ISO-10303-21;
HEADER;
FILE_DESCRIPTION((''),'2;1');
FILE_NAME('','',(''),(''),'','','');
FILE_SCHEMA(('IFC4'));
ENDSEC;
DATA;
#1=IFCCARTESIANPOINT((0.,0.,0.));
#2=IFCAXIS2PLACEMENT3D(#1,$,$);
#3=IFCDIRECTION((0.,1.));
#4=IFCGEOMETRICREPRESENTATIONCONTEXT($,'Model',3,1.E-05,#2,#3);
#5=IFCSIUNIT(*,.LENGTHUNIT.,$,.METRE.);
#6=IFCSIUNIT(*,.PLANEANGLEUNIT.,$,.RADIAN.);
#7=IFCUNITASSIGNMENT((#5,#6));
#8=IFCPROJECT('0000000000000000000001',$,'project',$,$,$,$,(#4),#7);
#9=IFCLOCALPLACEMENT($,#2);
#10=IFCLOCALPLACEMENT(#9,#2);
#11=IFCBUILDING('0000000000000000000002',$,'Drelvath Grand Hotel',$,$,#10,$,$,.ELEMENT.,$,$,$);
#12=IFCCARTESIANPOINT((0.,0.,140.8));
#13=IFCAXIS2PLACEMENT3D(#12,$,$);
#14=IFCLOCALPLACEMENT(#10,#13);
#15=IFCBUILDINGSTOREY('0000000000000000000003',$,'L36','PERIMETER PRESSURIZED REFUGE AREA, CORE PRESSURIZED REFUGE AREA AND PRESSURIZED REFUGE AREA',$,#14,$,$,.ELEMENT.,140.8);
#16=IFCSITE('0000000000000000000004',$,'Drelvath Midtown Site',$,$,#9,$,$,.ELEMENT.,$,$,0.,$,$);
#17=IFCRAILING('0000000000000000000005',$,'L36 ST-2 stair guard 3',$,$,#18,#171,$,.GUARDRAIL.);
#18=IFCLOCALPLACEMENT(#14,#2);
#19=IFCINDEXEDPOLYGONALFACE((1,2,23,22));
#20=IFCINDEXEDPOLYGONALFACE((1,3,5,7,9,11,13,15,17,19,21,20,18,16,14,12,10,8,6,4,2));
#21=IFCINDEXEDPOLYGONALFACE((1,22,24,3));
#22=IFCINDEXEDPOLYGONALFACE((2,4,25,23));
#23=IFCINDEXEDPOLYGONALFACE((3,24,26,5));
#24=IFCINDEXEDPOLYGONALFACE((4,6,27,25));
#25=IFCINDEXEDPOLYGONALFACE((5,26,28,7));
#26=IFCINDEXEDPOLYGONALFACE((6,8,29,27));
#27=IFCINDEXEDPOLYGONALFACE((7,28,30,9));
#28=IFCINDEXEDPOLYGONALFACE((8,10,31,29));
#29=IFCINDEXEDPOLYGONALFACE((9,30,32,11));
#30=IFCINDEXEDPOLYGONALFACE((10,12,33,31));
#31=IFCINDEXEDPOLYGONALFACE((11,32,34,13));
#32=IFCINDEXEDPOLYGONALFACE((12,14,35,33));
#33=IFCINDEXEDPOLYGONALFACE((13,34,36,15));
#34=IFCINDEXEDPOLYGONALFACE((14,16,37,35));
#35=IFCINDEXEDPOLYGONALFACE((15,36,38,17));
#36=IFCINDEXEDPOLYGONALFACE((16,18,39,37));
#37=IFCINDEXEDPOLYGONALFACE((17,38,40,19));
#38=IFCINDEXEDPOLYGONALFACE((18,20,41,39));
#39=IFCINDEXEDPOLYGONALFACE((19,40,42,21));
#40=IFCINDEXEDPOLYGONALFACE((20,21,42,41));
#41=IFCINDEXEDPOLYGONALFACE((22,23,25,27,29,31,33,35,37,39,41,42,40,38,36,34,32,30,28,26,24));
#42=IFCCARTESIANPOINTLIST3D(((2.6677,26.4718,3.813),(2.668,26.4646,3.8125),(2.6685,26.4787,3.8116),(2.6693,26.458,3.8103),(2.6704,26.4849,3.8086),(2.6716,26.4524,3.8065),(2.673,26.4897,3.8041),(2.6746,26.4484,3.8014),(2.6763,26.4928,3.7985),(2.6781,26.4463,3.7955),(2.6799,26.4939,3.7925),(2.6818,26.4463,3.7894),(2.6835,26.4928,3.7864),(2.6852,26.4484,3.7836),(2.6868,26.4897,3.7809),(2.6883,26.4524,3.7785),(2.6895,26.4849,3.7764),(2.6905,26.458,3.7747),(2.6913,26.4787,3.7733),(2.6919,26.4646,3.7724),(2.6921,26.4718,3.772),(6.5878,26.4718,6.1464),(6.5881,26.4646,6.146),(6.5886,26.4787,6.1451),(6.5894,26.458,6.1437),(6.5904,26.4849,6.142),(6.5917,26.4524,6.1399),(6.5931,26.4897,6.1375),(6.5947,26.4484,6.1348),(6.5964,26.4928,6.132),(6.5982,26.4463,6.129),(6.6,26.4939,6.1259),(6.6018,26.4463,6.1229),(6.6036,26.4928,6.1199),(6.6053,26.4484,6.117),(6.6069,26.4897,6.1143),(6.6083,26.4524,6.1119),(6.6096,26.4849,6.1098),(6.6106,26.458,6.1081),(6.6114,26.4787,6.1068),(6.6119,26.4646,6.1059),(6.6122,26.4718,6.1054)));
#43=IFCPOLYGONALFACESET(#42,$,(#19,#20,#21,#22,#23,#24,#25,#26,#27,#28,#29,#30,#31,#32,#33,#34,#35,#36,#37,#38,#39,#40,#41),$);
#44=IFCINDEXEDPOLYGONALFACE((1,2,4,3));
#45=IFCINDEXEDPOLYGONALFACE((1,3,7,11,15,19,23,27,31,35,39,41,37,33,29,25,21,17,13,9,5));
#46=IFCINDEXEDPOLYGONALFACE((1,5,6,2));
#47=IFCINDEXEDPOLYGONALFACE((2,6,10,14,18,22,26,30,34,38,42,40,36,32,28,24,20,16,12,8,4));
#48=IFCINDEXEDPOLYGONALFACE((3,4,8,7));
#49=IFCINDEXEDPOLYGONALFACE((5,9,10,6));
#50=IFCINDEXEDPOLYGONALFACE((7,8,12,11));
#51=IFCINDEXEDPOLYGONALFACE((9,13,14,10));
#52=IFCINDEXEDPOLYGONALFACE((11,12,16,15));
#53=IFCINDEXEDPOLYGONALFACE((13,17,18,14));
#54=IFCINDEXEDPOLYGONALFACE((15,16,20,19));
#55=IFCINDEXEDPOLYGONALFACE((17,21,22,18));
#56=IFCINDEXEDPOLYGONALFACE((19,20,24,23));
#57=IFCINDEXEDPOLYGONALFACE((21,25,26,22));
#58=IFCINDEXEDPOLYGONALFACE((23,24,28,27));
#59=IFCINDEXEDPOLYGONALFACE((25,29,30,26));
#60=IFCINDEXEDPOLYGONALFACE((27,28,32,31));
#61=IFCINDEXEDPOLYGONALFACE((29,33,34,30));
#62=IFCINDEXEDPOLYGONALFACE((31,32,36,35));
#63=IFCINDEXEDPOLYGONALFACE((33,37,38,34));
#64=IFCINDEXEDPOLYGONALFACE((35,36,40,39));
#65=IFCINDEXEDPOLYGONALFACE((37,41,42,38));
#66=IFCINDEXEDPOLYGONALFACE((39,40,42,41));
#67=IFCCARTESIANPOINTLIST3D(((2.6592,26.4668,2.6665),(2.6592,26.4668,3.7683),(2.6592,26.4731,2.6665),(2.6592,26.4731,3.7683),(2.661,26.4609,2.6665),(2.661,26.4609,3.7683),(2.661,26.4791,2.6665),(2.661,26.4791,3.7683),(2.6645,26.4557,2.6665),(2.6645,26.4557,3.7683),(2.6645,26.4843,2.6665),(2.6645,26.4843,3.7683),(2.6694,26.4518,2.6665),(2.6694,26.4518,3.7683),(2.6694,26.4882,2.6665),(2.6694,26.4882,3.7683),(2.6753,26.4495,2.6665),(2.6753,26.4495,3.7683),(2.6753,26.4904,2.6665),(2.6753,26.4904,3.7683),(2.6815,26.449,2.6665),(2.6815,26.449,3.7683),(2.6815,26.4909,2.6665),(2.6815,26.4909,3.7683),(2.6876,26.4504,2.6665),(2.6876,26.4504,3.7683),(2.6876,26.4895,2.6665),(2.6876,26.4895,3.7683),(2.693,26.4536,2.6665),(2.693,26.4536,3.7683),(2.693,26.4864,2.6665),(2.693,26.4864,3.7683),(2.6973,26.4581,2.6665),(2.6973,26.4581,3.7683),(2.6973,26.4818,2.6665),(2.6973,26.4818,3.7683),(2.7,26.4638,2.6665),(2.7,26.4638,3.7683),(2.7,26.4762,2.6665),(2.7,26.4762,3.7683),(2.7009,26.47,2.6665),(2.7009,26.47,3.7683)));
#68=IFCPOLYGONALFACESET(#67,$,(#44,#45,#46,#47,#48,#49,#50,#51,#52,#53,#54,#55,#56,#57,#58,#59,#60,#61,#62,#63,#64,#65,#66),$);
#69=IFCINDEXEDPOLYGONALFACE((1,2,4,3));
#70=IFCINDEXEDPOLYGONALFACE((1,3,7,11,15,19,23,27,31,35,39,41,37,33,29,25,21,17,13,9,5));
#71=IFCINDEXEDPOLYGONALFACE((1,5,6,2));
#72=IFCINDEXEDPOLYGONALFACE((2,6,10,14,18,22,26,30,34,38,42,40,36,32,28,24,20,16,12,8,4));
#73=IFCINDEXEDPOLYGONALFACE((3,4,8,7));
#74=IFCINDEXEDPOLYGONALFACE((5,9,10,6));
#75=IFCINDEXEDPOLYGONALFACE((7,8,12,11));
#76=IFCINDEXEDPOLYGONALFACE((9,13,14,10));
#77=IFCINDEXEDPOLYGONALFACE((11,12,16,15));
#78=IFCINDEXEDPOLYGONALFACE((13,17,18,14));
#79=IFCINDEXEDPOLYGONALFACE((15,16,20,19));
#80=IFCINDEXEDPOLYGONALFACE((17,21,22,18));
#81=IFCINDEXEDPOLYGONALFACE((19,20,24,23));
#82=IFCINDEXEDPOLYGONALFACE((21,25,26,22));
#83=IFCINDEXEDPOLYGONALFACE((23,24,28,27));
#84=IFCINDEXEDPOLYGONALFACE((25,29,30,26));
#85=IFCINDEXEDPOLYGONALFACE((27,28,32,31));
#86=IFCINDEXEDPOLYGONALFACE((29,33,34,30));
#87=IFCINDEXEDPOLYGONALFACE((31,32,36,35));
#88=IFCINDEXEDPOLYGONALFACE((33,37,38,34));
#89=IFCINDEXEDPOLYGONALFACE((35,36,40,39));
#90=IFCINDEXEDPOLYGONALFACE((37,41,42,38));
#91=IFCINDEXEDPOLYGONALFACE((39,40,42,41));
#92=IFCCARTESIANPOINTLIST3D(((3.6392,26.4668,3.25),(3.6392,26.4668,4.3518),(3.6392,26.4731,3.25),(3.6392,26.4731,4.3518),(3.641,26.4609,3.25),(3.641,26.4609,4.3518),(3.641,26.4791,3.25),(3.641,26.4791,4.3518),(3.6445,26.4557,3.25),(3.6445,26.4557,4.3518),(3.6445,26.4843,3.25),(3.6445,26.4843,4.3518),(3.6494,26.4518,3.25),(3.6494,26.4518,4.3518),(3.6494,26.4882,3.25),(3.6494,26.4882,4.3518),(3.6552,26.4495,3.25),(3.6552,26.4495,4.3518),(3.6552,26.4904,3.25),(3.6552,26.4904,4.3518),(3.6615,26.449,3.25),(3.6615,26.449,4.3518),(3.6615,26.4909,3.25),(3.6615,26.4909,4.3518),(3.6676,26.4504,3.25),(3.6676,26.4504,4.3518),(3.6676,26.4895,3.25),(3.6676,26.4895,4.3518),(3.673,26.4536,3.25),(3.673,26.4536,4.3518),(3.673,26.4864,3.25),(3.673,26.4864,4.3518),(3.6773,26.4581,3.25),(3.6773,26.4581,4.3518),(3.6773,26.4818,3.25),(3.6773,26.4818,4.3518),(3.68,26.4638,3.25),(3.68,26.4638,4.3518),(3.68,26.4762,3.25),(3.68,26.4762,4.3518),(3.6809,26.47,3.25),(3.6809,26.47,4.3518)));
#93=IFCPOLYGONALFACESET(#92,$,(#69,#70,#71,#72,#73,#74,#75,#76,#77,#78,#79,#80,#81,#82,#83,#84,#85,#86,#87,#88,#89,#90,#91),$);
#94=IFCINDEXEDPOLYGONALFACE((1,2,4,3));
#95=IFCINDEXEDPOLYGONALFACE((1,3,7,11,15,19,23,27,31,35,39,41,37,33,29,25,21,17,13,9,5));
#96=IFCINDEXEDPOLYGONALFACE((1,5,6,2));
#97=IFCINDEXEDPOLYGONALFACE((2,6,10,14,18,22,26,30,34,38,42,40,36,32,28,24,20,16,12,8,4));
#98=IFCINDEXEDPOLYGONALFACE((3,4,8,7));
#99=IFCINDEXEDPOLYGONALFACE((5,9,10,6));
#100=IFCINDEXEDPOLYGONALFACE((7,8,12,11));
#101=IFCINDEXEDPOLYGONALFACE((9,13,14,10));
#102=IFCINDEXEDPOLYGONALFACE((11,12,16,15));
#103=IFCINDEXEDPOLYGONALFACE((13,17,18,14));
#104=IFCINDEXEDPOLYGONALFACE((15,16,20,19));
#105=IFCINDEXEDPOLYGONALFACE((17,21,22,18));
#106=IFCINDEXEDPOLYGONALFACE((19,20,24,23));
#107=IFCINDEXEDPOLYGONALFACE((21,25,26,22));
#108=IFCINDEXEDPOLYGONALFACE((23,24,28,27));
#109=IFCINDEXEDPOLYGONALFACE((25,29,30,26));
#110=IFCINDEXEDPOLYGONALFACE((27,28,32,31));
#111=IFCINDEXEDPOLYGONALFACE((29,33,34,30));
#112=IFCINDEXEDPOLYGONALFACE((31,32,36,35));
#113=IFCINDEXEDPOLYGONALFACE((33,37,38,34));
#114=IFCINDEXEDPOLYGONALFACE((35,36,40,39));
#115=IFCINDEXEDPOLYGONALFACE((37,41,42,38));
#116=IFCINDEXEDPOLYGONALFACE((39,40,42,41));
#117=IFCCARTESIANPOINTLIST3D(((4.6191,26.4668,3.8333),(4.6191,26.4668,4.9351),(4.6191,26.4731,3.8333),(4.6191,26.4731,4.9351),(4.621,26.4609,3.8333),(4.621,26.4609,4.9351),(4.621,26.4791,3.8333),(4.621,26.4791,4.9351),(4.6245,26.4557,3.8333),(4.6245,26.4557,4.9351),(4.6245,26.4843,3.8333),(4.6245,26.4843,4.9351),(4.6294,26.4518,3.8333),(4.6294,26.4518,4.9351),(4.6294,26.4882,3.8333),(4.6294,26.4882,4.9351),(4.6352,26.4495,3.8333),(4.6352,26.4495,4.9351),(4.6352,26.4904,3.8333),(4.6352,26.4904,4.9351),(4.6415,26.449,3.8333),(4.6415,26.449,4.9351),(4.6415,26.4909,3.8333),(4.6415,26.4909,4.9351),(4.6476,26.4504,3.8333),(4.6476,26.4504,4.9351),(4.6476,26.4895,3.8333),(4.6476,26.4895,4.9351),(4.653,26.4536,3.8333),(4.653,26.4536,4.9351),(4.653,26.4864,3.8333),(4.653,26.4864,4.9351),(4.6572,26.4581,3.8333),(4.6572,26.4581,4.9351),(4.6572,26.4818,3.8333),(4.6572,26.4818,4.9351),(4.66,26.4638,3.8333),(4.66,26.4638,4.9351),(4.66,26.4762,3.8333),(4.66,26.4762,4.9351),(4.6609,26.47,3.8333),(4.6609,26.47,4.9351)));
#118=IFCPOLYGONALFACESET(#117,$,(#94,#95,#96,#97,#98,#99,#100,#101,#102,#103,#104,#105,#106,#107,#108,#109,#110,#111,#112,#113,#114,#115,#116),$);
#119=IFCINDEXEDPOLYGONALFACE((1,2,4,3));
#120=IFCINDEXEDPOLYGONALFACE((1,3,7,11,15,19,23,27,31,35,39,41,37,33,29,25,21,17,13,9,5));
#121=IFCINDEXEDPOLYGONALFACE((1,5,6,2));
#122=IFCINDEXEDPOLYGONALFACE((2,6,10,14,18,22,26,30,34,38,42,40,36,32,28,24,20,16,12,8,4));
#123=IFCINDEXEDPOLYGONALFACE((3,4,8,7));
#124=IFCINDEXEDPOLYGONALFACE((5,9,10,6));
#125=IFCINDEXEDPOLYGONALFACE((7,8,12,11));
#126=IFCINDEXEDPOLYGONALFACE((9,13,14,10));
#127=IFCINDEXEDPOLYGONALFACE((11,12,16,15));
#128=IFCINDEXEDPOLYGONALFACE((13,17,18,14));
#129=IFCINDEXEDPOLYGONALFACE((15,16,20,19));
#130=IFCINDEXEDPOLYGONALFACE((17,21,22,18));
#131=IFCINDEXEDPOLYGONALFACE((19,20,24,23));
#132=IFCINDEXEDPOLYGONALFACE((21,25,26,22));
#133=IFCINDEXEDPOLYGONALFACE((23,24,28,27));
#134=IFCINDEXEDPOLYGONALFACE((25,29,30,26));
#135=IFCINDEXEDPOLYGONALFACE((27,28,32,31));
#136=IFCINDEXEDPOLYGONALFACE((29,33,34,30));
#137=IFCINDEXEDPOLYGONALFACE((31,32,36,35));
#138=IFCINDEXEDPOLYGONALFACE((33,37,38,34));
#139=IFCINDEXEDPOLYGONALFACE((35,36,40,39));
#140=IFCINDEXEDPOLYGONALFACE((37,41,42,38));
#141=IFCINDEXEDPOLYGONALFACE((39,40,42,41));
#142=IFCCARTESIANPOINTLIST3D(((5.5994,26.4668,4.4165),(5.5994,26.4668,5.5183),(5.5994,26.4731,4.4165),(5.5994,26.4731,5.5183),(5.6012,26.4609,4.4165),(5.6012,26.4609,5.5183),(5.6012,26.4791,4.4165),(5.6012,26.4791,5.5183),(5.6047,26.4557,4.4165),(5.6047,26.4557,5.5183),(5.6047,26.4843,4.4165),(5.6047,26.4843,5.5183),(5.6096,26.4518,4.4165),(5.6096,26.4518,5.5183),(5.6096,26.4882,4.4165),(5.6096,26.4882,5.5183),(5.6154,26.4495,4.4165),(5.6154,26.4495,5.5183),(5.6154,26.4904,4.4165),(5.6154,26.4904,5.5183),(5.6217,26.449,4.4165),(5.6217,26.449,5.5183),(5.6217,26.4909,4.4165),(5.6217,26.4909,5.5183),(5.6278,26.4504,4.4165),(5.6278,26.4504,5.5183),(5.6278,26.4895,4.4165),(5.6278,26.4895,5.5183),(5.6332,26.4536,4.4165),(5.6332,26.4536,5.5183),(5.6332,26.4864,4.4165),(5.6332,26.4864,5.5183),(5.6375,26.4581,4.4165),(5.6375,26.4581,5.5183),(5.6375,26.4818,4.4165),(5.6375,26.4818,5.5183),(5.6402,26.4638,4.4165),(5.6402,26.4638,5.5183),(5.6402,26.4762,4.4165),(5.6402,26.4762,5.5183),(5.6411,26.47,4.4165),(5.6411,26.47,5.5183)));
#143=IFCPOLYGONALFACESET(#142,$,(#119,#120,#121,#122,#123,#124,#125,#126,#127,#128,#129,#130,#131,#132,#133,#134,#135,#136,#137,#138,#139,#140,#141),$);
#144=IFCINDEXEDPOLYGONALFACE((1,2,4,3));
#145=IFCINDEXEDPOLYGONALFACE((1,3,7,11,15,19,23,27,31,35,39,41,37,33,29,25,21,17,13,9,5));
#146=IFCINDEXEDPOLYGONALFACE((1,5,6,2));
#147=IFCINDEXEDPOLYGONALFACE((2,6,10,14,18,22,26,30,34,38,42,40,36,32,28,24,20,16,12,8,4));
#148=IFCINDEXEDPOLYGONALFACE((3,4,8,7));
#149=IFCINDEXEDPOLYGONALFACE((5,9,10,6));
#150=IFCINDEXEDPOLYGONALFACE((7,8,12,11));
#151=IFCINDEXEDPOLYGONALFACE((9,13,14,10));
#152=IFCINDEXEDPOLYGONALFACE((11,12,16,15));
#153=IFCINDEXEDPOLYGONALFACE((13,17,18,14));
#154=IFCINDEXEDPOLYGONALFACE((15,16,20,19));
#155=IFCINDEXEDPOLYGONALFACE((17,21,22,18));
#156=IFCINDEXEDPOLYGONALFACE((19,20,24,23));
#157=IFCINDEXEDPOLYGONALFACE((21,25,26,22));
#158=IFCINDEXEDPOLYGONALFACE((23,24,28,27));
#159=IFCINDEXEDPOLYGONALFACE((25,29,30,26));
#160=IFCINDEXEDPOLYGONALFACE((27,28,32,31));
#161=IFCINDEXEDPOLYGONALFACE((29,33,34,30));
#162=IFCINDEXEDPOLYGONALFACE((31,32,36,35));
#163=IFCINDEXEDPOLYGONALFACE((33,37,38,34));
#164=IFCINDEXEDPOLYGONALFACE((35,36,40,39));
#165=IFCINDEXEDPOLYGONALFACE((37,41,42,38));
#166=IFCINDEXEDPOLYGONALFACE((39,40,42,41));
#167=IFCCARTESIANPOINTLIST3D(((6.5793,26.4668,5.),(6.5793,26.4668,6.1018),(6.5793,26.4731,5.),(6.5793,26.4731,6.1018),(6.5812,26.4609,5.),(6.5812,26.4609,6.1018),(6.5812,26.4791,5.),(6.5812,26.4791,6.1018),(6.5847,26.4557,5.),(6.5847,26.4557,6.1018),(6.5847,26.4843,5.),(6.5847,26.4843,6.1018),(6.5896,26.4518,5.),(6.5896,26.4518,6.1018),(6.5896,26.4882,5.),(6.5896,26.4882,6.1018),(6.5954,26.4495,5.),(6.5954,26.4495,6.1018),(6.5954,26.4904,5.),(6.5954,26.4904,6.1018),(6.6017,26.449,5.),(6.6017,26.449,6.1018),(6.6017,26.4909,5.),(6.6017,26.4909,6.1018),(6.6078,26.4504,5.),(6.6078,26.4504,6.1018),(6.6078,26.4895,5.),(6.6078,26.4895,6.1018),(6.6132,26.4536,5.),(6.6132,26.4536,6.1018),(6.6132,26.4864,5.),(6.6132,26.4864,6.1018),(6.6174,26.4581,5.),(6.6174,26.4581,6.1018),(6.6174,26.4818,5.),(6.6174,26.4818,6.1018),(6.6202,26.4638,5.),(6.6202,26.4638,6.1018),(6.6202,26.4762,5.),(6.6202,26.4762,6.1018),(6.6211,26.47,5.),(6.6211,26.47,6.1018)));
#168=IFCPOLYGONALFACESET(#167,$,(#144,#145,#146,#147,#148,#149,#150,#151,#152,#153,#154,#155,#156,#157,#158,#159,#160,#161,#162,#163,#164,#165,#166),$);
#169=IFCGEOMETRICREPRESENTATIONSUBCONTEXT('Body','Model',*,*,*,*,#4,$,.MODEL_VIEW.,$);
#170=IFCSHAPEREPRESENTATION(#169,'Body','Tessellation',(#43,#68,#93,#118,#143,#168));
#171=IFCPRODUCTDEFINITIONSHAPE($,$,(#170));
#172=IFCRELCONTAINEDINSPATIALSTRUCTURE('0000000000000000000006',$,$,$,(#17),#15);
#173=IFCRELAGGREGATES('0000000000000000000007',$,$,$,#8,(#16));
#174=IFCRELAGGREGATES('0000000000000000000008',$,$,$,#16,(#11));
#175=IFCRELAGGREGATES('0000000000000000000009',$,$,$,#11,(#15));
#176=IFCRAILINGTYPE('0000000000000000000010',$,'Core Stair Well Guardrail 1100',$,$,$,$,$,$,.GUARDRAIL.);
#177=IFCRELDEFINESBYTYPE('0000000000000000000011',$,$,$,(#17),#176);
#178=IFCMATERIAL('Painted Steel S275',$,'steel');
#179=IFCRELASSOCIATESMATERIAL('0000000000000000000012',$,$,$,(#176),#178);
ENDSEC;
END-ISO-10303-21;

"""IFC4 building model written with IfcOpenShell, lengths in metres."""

from ifc_helpers import new_model, si_unit, direction, frame, origin, origin_2d, place, context, subcontext, project, spatial, circle, extrude, material, type_object, element, save


model = new_model("IFC4")

# Units and contexts
model_context = context("Model", 3, precision=1e-05, world=origin(), true_north=direction((0.0, 1.0)))
body_context = subcontext(model_context, "Body", "Model", "MODEL_VIEW")
ifc_project = project(units=[si_unit("LENGTHUNIT", "METRE"), si_unit("PLANEANGLEUNIT", "RADIAN")], contexts=[model_context])

# Site, building, storey
site_placement = place(None, origin())
site = spatial("IfcSite", under=ifc_project, at=site_placement, Name="Drelvath Midtown Site", CompositionType="ELEMENT", RefElevation=0.0)
building_placement = place(site_placement, origin())
building = spatial("IfcBuilding", under=site, at=building_placement, Name="Drelvath Grand Hotel", CompositionType="ELEMENT")
storey_placement = place(building_placement, frame((0.0, 0.0, 140.8)))
storey = spatial("IfcBuildingStorey", under=building, at=storey_placement, Name="L36", Description="PERIMETER PRESSURIZED REFUGE AREA, CORE PRESSURIZED REFUGE AREA AND PRESSURIZED REFUGE AREA", CompositionType="ELEMENT", Elevation=140.8)

# Railing
ifc_material_1 = material(Name="Painted Steel S275", Category="steel")
railing_type_1 = type_object("IfcRailingType", Name="Core Stair Well Guardrail 1100", PredefinedType="GUARDRAIL", material=ifc_material_1)
railing_1_placement = place(storey_placement, frame((2.6799, 26.47, 2.6665)))
element("IfcRailing", 1, at=railing_1_placement, inside=storey, type_object=railing_type_1, Name="L36 ST-2 stair guard 3", PredefinedType="GUARDRAIL", context=body_context, shape_type="SweptSolid", body=[
    extrude(circle(Radius=0.0239, at=origin_2d()), frame((0.0, 0.0, 1.126), z_axis=(0.859287, 0.0, 0.511494), x_axis=(0.0, 1.0, 0.0)), (0.0, 0.0, 1.0), 4.562),
    extrude(circle(Radius=0.021, at=origin_2d()), origin(), (0.0, 0.0, 1.0), 1.1018),
    extrude(circle(Radius=0.021, at=origin_2d()), frame((0.98, 0.0, 0.5835)), (0.0, 0.0, 1.0), 1.1018),
    extrude(circle(Radius=0.021, at=origin_2d()), frame((1.96, 0.0, 1.1667)), (0.0, 0.0, 1.0), 1.1018),
    extrude(circle(Radius=0.021, at=origin_2d()), frame((2.9402, 0.0, 1.75)), (0.0, 0.0, 1.0), 1.1018),
    extrude(circle(Radius=0.021, at=origin_2d()), frame((3.9202, 0.0, 2.3335)), (0.0, 0.0, 1.0), 1.1018),
])

save(model, "model.ifc")
